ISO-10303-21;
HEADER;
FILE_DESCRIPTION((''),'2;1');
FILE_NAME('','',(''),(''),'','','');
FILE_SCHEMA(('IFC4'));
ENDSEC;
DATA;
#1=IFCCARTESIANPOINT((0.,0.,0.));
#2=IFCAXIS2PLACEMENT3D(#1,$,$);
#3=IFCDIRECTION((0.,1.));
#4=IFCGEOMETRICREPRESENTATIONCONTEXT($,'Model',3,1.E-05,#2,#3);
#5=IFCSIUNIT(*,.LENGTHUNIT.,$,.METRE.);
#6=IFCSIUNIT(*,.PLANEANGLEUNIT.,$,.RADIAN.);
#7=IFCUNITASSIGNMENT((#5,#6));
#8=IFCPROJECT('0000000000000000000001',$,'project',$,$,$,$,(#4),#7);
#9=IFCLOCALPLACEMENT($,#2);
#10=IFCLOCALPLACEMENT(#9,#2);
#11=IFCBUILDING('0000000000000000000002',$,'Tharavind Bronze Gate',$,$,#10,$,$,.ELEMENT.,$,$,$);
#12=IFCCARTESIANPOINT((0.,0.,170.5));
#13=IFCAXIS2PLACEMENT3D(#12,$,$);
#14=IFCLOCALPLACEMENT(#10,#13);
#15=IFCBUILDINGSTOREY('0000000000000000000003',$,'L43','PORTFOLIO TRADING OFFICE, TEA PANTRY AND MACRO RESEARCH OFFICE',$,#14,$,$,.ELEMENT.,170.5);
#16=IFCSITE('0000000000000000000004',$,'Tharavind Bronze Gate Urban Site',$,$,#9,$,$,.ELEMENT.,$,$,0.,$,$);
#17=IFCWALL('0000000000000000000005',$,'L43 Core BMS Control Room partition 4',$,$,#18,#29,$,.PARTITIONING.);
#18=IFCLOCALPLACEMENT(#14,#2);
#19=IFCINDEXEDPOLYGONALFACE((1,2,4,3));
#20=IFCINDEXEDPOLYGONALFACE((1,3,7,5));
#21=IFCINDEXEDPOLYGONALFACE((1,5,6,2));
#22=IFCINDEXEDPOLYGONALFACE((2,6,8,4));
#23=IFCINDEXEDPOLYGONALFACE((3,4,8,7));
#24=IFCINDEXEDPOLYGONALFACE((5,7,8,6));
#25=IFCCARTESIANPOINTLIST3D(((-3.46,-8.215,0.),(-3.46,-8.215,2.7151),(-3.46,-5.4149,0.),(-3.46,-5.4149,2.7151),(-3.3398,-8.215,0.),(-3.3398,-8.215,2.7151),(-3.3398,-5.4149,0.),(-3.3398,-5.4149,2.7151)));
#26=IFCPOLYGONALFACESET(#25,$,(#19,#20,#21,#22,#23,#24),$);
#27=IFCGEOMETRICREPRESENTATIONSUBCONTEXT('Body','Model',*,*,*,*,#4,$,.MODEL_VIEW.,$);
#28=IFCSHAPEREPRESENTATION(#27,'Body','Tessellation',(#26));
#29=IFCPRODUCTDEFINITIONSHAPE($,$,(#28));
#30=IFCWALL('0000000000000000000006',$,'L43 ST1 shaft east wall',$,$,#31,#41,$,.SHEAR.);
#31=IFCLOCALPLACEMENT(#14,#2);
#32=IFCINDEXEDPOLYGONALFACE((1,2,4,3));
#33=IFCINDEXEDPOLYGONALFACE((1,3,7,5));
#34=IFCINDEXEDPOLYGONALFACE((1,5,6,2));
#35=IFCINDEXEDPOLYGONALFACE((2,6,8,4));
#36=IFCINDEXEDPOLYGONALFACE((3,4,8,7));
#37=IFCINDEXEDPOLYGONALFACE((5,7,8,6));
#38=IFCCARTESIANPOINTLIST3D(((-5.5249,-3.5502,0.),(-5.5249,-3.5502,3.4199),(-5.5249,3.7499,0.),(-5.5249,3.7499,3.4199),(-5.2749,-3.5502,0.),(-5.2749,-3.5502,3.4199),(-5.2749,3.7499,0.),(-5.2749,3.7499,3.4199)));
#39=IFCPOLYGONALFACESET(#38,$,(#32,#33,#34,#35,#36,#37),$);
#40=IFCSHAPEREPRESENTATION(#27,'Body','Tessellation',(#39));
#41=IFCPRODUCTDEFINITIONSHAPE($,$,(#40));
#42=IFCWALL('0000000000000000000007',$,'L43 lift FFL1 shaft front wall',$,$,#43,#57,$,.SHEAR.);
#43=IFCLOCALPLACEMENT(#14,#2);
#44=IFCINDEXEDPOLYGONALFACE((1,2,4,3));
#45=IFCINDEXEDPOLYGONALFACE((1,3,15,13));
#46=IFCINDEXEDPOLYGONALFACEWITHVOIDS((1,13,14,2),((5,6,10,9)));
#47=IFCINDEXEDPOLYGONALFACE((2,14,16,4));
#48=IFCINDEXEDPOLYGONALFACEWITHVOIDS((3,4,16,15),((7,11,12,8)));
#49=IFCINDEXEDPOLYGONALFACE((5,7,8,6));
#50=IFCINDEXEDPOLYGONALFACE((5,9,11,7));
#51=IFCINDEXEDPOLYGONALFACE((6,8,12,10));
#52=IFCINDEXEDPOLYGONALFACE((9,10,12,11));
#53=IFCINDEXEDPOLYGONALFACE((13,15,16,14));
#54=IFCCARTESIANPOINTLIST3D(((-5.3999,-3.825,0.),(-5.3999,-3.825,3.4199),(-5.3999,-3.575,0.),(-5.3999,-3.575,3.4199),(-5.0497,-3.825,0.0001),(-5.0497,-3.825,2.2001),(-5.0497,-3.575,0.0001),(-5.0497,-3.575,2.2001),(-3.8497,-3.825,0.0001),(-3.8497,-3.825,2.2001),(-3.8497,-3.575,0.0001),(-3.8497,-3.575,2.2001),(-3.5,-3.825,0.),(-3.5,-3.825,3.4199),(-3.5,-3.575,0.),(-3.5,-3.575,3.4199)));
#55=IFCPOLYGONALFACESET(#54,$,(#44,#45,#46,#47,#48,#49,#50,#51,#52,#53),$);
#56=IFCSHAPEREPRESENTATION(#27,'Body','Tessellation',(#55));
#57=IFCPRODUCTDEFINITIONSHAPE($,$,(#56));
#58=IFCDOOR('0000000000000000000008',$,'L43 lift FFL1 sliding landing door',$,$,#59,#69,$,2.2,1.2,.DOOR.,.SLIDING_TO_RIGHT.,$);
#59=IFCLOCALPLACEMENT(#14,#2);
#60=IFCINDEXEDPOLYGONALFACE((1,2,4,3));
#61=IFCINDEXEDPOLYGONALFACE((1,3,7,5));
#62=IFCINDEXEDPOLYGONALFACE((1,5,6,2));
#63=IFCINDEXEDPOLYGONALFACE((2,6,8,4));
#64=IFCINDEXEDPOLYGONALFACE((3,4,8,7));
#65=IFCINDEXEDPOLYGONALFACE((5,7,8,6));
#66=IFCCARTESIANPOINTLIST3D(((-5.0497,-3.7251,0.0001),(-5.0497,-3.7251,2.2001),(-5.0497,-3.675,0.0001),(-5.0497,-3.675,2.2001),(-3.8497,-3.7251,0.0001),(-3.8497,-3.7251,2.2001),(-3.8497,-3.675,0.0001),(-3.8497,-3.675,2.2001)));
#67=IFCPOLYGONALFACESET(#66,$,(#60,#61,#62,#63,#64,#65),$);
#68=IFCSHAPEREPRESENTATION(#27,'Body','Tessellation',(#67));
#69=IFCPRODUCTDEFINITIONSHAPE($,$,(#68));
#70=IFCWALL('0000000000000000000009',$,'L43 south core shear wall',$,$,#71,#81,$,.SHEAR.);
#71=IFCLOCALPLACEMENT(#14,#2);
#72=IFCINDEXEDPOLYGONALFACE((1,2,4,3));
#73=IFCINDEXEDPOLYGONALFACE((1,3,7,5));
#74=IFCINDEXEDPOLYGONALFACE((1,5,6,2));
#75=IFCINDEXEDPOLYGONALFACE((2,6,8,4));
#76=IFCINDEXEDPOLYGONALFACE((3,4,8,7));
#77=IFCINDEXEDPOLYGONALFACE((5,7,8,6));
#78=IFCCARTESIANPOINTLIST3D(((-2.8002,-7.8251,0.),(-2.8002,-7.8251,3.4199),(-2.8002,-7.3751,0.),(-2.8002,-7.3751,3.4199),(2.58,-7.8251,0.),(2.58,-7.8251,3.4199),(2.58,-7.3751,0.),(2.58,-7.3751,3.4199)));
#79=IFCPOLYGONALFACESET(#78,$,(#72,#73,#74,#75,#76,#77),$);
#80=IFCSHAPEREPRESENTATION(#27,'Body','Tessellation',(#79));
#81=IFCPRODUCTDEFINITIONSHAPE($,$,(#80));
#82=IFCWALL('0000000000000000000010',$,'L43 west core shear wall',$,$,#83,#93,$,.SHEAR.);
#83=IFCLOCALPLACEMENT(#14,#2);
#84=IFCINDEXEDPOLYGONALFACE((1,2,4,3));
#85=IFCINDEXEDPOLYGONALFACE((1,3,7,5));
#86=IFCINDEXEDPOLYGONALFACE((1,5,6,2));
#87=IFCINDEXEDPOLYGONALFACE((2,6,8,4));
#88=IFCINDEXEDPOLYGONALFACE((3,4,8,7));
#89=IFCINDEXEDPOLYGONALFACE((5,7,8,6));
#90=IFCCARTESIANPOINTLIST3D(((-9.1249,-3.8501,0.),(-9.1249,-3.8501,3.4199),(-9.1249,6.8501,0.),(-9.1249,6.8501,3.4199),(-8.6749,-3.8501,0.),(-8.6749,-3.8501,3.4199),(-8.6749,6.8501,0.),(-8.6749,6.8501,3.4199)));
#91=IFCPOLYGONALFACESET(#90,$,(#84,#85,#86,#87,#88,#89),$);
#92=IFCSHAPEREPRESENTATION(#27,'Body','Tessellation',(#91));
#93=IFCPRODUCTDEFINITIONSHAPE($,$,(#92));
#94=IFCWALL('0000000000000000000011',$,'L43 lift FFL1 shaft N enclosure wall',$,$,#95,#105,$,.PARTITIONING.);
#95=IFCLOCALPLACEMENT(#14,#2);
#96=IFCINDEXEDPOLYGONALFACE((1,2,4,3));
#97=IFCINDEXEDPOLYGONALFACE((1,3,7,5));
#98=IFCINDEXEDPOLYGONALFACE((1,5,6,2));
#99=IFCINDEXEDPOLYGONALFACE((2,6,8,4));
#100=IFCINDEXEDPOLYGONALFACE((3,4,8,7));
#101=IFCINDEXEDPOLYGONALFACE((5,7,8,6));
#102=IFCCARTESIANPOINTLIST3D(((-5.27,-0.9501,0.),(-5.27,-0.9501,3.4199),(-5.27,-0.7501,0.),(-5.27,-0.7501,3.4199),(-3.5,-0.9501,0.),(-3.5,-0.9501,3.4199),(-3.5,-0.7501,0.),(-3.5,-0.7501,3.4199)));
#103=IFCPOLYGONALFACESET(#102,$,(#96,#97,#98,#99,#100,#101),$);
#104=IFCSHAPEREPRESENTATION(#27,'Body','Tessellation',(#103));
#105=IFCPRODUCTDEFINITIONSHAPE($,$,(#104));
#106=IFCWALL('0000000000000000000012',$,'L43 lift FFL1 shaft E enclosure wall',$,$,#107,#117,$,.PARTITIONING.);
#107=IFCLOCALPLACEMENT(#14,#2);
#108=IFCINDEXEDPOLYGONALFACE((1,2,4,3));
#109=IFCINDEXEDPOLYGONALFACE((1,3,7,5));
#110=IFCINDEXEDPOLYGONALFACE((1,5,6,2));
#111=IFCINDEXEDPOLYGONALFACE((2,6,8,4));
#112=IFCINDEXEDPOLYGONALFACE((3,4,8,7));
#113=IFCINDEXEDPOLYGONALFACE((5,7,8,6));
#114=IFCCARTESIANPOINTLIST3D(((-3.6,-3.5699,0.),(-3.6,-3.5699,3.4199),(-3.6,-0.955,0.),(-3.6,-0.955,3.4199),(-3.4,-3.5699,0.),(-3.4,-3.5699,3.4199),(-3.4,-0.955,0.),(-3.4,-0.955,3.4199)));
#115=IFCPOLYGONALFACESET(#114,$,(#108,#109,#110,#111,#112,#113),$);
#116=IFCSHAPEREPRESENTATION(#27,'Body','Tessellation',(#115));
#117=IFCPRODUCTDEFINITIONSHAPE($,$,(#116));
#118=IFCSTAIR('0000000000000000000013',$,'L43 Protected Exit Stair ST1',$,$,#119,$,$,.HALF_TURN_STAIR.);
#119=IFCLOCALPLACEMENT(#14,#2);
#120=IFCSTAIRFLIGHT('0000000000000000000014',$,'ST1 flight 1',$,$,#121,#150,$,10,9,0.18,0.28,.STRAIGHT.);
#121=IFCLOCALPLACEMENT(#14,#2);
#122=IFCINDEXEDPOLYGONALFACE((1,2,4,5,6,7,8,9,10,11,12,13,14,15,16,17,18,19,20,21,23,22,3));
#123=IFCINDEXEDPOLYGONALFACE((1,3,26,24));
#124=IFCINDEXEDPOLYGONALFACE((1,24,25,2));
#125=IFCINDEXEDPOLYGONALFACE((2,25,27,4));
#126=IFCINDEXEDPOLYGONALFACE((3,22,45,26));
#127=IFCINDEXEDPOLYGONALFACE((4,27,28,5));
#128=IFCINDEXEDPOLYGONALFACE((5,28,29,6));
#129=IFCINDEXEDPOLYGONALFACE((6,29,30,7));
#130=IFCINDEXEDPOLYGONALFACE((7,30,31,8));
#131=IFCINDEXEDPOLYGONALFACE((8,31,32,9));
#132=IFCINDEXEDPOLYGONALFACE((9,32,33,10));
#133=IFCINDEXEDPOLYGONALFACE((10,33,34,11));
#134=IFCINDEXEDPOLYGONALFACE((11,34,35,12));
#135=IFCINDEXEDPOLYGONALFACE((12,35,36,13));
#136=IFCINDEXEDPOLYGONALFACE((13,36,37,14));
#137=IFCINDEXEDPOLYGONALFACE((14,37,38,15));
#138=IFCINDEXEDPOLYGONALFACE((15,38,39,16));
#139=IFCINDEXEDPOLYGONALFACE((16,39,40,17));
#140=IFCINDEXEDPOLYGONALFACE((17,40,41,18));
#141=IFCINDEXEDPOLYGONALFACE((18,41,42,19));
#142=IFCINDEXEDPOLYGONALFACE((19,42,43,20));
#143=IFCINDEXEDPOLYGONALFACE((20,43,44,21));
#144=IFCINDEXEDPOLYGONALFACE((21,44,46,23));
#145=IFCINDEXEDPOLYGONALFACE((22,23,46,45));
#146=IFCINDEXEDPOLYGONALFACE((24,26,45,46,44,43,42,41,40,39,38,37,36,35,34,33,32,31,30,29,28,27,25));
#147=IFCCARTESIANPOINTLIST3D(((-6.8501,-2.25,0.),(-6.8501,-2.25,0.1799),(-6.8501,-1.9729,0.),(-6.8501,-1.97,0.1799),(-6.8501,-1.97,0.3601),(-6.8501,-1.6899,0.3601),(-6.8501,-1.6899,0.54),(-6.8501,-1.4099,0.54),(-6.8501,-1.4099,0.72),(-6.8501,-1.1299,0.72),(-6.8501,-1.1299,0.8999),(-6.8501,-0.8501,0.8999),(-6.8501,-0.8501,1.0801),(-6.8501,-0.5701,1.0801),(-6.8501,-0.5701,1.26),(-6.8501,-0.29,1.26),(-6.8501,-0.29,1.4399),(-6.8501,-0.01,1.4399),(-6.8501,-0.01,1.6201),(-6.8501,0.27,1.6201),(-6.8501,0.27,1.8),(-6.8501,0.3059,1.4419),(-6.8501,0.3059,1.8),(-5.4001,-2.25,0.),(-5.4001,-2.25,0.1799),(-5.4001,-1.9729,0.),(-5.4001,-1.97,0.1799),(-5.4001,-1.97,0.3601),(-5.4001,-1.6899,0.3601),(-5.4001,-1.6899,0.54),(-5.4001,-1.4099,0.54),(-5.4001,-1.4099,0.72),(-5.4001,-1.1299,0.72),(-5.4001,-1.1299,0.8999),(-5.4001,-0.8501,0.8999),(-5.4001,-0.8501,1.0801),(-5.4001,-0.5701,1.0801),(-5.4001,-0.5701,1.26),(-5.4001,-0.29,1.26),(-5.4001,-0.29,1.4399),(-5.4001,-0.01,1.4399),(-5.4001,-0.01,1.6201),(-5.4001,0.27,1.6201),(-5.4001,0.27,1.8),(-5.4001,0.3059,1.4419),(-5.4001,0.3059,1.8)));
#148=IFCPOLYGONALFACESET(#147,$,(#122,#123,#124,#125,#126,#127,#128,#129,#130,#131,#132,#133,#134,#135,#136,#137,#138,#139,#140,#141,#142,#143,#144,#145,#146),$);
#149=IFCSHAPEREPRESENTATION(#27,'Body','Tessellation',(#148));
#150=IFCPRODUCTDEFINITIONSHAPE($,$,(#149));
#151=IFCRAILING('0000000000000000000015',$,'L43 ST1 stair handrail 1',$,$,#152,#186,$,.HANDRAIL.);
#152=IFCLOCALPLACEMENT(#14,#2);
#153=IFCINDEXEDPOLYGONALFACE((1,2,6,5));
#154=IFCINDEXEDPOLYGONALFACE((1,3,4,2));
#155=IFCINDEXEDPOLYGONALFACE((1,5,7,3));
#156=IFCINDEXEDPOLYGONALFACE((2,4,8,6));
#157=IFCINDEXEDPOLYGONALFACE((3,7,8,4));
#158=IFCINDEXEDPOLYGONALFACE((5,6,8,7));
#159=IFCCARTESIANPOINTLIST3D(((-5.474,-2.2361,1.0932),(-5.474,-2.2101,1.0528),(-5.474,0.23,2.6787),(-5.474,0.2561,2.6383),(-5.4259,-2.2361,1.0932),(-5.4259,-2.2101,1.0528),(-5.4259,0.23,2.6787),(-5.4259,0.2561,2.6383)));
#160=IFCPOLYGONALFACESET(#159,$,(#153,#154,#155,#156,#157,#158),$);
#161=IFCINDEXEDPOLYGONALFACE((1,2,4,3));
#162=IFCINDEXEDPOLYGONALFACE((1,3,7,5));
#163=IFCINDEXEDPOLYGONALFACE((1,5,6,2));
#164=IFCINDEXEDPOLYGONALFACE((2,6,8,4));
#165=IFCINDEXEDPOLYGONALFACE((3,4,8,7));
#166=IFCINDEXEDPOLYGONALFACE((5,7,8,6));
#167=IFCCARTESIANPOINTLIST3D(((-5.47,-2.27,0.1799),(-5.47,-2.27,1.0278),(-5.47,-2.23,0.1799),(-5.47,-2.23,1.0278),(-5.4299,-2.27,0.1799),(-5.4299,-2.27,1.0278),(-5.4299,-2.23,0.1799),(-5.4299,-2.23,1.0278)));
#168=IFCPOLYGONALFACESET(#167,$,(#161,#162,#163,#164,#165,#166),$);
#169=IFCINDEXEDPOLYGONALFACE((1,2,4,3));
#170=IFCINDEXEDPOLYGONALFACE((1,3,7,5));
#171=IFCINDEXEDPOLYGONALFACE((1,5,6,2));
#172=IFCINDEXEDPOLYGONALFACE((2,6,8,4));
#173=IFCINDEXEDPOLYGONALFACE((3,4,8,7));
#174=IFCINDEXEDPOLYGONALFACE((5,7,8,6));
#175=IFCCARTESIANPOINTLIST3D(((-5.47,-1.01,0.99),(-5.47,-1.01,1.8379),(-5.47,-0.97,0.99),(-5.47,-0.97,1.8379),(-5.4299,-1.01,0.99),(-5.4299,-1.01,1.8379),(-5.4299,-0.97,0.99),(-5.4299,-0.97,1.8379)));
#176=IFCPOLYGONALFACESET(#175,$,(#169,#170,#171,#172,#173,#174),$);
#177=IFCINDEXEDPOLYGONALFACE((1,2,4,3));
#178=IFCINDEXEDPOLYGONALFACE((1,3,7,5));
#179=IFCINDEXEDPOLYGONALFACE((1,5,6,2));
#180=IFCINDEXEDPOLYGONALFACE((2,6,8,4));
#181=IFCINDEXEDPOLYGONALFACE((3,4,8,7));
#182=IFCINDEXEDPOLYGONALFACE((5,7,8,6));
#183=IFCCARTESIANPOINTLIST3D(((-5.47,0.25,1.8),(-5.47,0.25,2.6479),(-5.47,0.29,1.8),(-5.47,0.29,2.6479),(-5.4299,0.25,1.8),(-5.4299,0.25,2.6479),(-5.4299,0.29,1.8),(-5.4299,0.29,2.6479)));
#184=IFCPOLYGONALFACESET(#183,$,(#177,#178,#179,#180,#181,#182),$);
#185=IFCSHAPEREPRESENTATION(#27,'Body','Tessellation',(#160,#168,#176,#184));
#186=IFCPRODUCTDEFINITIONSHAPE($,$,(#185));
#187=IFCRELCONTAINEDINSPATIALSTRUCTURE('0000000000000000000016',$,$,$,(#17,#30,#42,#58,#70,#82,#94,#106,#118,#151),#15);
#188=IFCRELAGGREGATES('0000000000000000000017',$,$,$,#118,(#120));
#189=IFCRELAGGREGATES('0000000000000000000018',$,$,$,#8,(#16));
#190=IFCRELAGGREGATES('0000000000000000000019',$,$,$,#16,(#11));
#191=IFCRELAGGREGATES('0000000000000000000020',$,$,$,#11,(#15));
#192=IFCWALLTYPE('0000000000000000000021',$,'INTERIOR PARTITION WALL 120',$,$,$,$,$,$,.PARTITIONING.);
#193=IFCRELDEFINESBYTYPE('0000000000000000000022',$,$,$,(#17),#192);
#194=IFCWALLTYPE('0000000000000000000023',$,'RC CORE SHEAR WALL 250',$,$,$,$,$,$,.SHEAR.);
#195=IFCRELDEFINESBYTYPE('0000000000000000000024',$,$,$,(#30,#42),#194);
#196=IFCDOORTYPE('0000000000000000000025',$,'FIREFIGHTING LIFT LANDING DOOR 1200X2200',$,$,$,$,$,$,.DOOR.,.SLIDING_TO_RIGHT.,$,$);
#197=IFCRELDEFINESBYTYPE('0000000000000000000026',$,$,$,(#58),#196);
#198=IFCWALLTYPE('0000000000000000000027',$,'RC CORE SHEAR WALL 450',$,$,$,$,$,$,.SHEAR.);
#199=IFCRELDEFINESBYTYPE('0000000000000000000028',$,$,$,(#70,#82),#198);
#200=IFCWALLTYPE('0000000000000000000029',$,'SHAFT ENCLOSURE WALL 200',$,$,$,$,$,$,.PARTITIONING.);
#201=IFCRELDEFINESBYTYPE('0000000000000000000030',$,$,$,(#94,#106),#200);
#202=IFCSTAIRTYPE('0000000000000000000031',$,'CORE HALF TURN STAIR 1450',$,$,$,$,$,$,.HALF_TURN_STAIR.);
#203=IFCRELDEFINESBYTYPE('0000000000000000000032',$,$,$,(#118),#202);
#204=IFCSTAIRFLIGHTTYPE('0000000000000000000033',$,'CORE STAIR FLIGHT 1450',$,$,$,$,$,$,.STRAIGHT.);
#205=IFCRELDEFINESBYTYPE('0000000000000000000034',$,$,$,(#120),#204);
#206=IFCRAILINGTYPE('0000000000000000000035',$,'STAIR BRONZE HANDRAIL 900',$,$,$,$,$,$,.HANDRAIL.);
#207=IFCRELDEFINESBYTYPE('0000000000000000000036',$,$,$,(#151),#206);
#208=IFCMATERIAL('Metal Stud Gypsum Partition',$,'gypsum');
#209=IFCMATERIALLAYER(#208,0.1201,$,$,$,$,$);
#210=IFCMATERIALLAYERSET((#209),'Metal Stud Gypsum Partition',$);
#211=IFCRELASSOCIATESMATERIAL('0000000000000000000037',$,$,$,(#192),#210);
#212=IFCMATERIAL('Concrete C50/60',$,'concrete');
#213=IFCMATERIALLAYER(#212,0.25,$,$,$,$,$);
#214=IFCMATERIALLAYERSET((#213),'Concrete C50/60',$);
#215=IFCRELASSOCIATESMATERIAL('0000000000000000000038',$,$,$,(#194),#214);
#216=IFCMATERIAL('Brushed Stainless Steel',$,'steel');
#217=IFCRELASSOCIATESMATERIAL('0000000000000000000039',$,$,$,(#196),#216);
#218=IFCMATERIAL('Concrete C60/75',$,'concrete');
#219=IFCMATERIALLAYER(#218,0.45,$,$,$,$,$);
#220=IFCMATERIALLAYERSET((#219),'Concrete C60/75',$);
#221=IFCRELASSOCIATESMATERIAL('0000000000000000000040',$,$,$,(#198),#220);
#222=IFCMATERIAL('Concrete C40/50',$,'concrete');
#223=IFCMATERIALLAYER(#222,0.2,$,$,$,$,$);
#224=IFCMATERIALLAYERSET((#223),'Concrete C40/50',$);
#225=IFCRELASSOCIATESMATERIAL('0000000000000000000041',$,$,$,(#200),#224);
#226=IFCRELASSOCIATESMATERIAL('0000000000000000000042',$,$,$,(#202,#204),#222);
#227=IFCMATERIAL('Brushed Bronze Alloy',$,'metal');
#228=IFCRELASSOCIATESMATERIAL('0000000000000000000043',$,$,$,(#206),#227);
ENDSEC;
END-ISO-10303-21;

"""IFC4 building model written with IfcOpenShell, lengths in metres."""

from ifc_helpers import new_model, si_unit, direction, frame, frame_2d, origin, origin_2d, place, context, subcontext, project, spatial, polyline, rectangle, outline, extrude, material, layer, layer_set, type_object, element, fill, aggregate, save


model = new_model("IFC4")

# Units and contexts
model_context = context("Model", 3, precision=1e-05, world=origin(), true_north=direction((0.0, 1.0)))
body_context = subcontext(model_context, "Body", "Model", "MODEL_VIEW")
ifc_project = project(units=[si_unit("LENGTHUNIT", "METRE"), si_unit("PLANEANGLEUNIT", "RADIAN")], contexts=[model_context])

# Site, building, storey
site_placement = place(None, origin())
site = spatial("IfcSite", under=ifc_project, at=site_placement, Name="Tharavind Bronze Gate Urban Site", CompositionType="ELEMENT", RefElevation=0.0)
building_placement = place(site_placement, origin())
building = spatial("IfcBuilding", under=site, at=building_placement, Name="Tharavind Bronze Gate", CompositionType="ELEMENT")
storey_placement = place(building_placement, frame((0.0, 0.0, 170.5)))
storey = spatial("IfcBuildingStorey", under=building, at=storey_placement, Name="L43", Description="PORTFOLIO TRADING OFFICE, TEA PANTRY AND MACRO RESEARCH OFFICE", CompositionType="ELEMENT", Elevation=170.5)

# Shared definitions
ifc_material_1 = material(Name="Concrete C60/75", Category="concrete")

# Walls
ifc_material_2 = material(Name="Metal Stud Gypsum Partition", Category="gypsum")
ifc_layer_1 = layer(ifc_material_2, 0.1201)
ifc_layer_set_1 = layer_set([ifc_layer_1], Name="Metal Stud Gypsum Partition")
wall_type_1 = type_object("IfcWallType", Name="INTERIOR PARTITION WALL 120", PredefinedType="PARTITIONING", material=ifc_layer_set_1)
wall_1_placement = place(storey_placement, frame((-3.3999, -5.415, 0.0), z_axis=(0.0, 0.0, 1.0), x_axis=(0.0, -1.0, 0.0)))
element("IfcWall", 1, at=wall_1_placement, inside=storey, type_object=wall_type_1, Name="L43 Core BMS Control Room partition 4", PredefinedType="PARTITIONING", context=body_context, shape_type="SweptSolid", body=[
    extrude(rectangle(XDim=2.8, YDim=0.1201, at=frame_2d((1.3999, 0.0))), origin(), (0.0, 0.0, 1.0), 2.7151),
])
ifc_material_3 = material(Name="Concrete C50/60", Category="concrete")
ifc_layer_2 = layer(ifc_material_3, 0.25)
ifc_layer_set_2 = layer_set([ifc_layer_2], Name="Concrete C50/60")
wall_type_2 = type_object("IfcWallType", Name="RC CORE SHEAR WALL 250", PredefinedType="SHEAR", material=ifc_layer_set_2)
wall_2_placement = place(storey_placement, frame((-5.3999, -3.55, 0.0), z_axis=(0.0, 0.0, 1.0), x_axis=(0.0, 1.0, 0.0)))
element("IfcWall", 2, at=wall_2_placement, inside=storey, type_object=wall_type_2, Name="L43 ST1 shaft east wall", PredefinedType="SHEAR", context=body_context, shape_type="SweptSolid", body=[
    extrude(rectangle(XDim=7.3, YDim=0.25, at=frame_2d((3.6499, 0.0))), origin(), (0.0, 0.0, 1.0), 3.4199),
])

# Wall, opening, door
wall_3_placement = place(storey_placement, frame((-5.3999, -3.7, 0.0), z_axis=(0.0, 0.0, 1.0), x_axis=(1.0, 0.0, 0.0)))
wall_3 = element("IfcWall", 3, at=wall_3_placement, inside=storey, type_object=wall_type_2, Name="L43 lift FFL1 shaft front wall", PredefinedType="SHEAR", context=body_context, shape_type="SweptSolid", body=[
    extrude(rectangle(XDim=1.8999, YDim=0.25, at=frame_2d((0.95, 0.0))), origin(), (0.0, 0.0, 1.0), 3.4199),
])
opening_1_placement = place(wall_3_placement, frame((0.3501, 0.0, 0.0)))
opening_1 = element("IfcOpeningElement", 4, at=opening_1_placement, cuts=wall_3, PredefinedType="OPENING", context=body_context, shape_type="SweptSolid", body=[
    extrude(rectangle(XDim=1.2, YDim=2.2, at=frame_2d((0.6001, 1.1001))), frame((0.0, 0.135, 0.0), z_axis=(0.0, -1.0, 0.0), x_axis=(1.0, 0.0, 0.0)), (0.0, 0.0, 1.0), 0.27),
])
ifc_material_4 = material(Name="Brushed Stainless Steel", Category="steel")
door_type_1 = type_object("IfcDoorType", Name="FIREFIGHTING LIFT LANDING DOOR 1200X2200", OperationType="SLIDING_TO_RIGHT", PredefinedType="DOOR", material=ifc_material_4)
door_1_placement = place(opening_1_placement, origin())
door_1 = element("IfcDoor", 5, at=door_1_placement, inside=storey, type_object=door_type_1, Name="L43 lift FFL1 sliding landing door", OperationType="SLIDING_TO_RIGHT", OverallHeight=2.2, OverallWidth=1.2, PredefinedType="DOOR", context=body_context, shape_type="SweptSolid", body=[
    extrude(rectangle(XDim=1.2, YDim=2.2, at=frame_2d((0.6001, 1.1001))), frame((0.0, 0.0249, 0.0), z_axis=(0.0, -1.0, 0.0), x_axis=(1.0, 0.0, 0.0)), (0.0, 0.0, 1.0), 0.05),
])
fill(opening_1, door_1)

# Walls
ifc_layer_3 = layer(ifc_material_1, 0.45)
ifc_layer_set_3 = layer_set([ifc_layer_3], Name="Concrete C60/75")
wall_type_3 = type_object("IfcWallType", Name="RC CORE SHEAR WALL 450", PredefinedType="SHEAR", material=ifc_layer_set_3)
wall_4_placement = place(storey_placement, frame((-2.8, -7.6001, 0.0), z_axis=(0.0, 0.0, 1.0), x_axis=(1.0, 0.0, 0.0)))
element("IfcWall", 6, at=wall_4_placement, inside=storey, type_object=wall_type_3, Name="L43 south core shear wall", PredefinedType="SHEAR", context=body_context, shape_type="SweptSolid", body=[
    extrude(rectangle(XDim=5.3801, YDim=0.45, at=frame_2d((2.6899, 0.0))), origin(), (0.0, 0.0, 1.0), 3.4199),
])
wall_5_placement = place(storey_placement, frame((-8.8999, -3.8501, 0.0), z_axis=(0.0, 0.0, 1.0), x_axis=(0.0, 1.0, 0.0)))
element("IfcWall", 7, at=wall_5_placement, inside=storey, type_object=wall_type_3, Name="L43 west core shear wall", PredefinedType="SHEAR", context=body_context, shape_type="SweptSolid", body=[
    extrude(rectangle(XDim=10.7002, YDim=0.45, at=frame_2d((5.3501, 0.0))), origin(), (0.0, 0.0, 1.0), 3.4199),
])
ifc_material_5 = material(Name="Concrete C40/50", Category="concrete")
ifc_layer_4 = layer(ifc_material_5, 0.2)
ifc_layer_set_4 = layer_set([ifc_layer_4], Name="Concrete C40/50")
wall_type_4 = type_object("IfcWallType", Name="SHAFT ENCLOSURE WALL 200", PredefinedType="PARTITIONING", material=ifc_layer_set_4)
wall_6_placement = place(storey_placement, frame((-5.27, -0.8501, 0.0), z_axis=(0.0, 0.0, 1.0), x_axis=(1.0, 0.0, 0.0)))
element("IfcWall", 8, at=wall_6_placement, inside=storey, type_object=wall_type_4, Name="L43 lift FFL1 shaft N enclosure wall", PredefinedType="PARTITIONING", context=body_context, shape_type="SweptSolid", body=[
    extrude(rectangle(XDim=1.77, YDim=0.2, at=frame_2d((0.885, 0.0))), origin(), (0.0, 0.0, 1.0), 3.4199),
])
wall_7_placement = place(storey_placement, frame((-3.5, -3.5701, 0.0), z_axis=(0.0, 0.0, 1.0), x_axis=(0.0, 1.0, 0.0)))
element("IfcWall", 9, at=wall_7_placement, inside=storey, type_object=wall_type_4, Name="L43 lift FFL1 shaft E enclosure wall", PredefinedType="PARTITIONING", context=body_context, shape_type="SweptSolid", body=[
    extrude(rectangle(XDim=2.615, YDim=0.2, at=frame_2d((1.3076, 0.0))), origin(), (0.0, 0.0, 1.0), 3.4199),
])

# Stair, stair flight
stair_type = type_object("IfcStairType", Name="CORE HALF TURN STAIR 1450", PredefinedType="HALF_TURN_STAIR", material=ifc_material_5)
stair_placement = place(storey_placement, origin())
stair = element("IfcStair", 10, at=stair_placement, inside=storey, type_object=stair_type, Name="L43 Protected Exit Stair ST1", PredefinedType="HALF_TURN_STAIR")
stair_flight_type = type_object("IfcStairFlightType", Name="CORE STAIR FLIGHT 1450", PredefinedType="STRAIGHT", material=ifc_material_5)
stair_flight_placement = place(storey_placement, frame((-6.125, -2.25, 0.0), z_axis=(0.0, 0.0, 1.0), x_axis=(0.0, 1.0, 0.0)))
stair_flight = element("IfcStairFlight", 11, at=stair_flight_placement, type_object=stair_flight_type, Name="ST1 flight 1", NumberOfRisers=10, NumberOfTreads=9, PredefinedType="STRAIGHT", RiserHeight=0.18, TreadLength=0.28, context=body_context, shape_type="SweptSolid", body=[
    extrude(outline(polyline([(0.0, 0.0), (0.0, 0.1799), (0.28, 0.1799), (0.28, 0.3601), (0.5601, 0.3601), (0.5601, 0.54), (0.8401, 0.54), (0.8401, 0.72), (1.1201, 0.72), (1.1201, 0.8999), (1.3999, 0.8999), (1.3999, 1.0801), (1.6799, 1.0801), (1.6799, 1.26), (1.96, 1.26), (1.96, 1.4399), (2.24, 1.4399), (2.24, 1.6201), (2.52, 1.6201), (2.52, 1.8), (2.5559, 1.8), (2.5559, 1.4419), (0.2771, 0.0), (0.0, 0.0)])), frame((0.0, 0.7251, 0.0), z_axis=(0.0, -1.0, 0.0), x_axis=(1.0, 0.0, 0.0)), (0.0, 0.0, 1.0), 1.45),
])
aggregate(stair, [stair_flight])

# Railing
ifc_material_6 = material(Name="Brushed Bronze Alloy", Category="metal")
railing_type_1 = type_object("IfcRailingType", Name="STAIR BRONZE HANDRAIL 900", PredefinedType="HANDRAIL", material=ifc_material_6)
railing_1_placement = place(storey_placement, frame((-5.45, -2.25, 0.1799)))
element("IfcRailing", 12, at=railing_1_placement, inside=storey, type_object=railing_type_1, Name="L43 ST1 stair handrail 1", PredefinedType="HANDRAIL", context=body_context, shape_type="SweptSolid", body=[
    extrude(rectangle(XDim=0.0481, YDim=0.0481, at=origin_2d()), frame((0.0, 0.0269, 0.8931), z_axis=(0.0, 0.841163, 0.540782), x_axis=(-1.0, 0.0, 0.0)), (0.0, 0.0, 1.0), 2.9319),
    extrude(rectangle(XDim=0.04, YDim=0.04, at=origin_2d()), origin(), (0.0, 0.0, 1.0), 0.8479),
    extrude(rectangle(XDim=0.04, YDim=0.04, at=origin_2d()), frame((0.0, 1.26, 0.8101)), (0.0, 0.0, 1.0), 0.8479),
    extrude(rectangle(XDim=0.04, YDim=0.04, at=origin_2d()), frame((0.0, 2.52, 1.6201)), (0.0, 0.0, 1.0), 0.8479),
])

save(model, "model.ifc")
